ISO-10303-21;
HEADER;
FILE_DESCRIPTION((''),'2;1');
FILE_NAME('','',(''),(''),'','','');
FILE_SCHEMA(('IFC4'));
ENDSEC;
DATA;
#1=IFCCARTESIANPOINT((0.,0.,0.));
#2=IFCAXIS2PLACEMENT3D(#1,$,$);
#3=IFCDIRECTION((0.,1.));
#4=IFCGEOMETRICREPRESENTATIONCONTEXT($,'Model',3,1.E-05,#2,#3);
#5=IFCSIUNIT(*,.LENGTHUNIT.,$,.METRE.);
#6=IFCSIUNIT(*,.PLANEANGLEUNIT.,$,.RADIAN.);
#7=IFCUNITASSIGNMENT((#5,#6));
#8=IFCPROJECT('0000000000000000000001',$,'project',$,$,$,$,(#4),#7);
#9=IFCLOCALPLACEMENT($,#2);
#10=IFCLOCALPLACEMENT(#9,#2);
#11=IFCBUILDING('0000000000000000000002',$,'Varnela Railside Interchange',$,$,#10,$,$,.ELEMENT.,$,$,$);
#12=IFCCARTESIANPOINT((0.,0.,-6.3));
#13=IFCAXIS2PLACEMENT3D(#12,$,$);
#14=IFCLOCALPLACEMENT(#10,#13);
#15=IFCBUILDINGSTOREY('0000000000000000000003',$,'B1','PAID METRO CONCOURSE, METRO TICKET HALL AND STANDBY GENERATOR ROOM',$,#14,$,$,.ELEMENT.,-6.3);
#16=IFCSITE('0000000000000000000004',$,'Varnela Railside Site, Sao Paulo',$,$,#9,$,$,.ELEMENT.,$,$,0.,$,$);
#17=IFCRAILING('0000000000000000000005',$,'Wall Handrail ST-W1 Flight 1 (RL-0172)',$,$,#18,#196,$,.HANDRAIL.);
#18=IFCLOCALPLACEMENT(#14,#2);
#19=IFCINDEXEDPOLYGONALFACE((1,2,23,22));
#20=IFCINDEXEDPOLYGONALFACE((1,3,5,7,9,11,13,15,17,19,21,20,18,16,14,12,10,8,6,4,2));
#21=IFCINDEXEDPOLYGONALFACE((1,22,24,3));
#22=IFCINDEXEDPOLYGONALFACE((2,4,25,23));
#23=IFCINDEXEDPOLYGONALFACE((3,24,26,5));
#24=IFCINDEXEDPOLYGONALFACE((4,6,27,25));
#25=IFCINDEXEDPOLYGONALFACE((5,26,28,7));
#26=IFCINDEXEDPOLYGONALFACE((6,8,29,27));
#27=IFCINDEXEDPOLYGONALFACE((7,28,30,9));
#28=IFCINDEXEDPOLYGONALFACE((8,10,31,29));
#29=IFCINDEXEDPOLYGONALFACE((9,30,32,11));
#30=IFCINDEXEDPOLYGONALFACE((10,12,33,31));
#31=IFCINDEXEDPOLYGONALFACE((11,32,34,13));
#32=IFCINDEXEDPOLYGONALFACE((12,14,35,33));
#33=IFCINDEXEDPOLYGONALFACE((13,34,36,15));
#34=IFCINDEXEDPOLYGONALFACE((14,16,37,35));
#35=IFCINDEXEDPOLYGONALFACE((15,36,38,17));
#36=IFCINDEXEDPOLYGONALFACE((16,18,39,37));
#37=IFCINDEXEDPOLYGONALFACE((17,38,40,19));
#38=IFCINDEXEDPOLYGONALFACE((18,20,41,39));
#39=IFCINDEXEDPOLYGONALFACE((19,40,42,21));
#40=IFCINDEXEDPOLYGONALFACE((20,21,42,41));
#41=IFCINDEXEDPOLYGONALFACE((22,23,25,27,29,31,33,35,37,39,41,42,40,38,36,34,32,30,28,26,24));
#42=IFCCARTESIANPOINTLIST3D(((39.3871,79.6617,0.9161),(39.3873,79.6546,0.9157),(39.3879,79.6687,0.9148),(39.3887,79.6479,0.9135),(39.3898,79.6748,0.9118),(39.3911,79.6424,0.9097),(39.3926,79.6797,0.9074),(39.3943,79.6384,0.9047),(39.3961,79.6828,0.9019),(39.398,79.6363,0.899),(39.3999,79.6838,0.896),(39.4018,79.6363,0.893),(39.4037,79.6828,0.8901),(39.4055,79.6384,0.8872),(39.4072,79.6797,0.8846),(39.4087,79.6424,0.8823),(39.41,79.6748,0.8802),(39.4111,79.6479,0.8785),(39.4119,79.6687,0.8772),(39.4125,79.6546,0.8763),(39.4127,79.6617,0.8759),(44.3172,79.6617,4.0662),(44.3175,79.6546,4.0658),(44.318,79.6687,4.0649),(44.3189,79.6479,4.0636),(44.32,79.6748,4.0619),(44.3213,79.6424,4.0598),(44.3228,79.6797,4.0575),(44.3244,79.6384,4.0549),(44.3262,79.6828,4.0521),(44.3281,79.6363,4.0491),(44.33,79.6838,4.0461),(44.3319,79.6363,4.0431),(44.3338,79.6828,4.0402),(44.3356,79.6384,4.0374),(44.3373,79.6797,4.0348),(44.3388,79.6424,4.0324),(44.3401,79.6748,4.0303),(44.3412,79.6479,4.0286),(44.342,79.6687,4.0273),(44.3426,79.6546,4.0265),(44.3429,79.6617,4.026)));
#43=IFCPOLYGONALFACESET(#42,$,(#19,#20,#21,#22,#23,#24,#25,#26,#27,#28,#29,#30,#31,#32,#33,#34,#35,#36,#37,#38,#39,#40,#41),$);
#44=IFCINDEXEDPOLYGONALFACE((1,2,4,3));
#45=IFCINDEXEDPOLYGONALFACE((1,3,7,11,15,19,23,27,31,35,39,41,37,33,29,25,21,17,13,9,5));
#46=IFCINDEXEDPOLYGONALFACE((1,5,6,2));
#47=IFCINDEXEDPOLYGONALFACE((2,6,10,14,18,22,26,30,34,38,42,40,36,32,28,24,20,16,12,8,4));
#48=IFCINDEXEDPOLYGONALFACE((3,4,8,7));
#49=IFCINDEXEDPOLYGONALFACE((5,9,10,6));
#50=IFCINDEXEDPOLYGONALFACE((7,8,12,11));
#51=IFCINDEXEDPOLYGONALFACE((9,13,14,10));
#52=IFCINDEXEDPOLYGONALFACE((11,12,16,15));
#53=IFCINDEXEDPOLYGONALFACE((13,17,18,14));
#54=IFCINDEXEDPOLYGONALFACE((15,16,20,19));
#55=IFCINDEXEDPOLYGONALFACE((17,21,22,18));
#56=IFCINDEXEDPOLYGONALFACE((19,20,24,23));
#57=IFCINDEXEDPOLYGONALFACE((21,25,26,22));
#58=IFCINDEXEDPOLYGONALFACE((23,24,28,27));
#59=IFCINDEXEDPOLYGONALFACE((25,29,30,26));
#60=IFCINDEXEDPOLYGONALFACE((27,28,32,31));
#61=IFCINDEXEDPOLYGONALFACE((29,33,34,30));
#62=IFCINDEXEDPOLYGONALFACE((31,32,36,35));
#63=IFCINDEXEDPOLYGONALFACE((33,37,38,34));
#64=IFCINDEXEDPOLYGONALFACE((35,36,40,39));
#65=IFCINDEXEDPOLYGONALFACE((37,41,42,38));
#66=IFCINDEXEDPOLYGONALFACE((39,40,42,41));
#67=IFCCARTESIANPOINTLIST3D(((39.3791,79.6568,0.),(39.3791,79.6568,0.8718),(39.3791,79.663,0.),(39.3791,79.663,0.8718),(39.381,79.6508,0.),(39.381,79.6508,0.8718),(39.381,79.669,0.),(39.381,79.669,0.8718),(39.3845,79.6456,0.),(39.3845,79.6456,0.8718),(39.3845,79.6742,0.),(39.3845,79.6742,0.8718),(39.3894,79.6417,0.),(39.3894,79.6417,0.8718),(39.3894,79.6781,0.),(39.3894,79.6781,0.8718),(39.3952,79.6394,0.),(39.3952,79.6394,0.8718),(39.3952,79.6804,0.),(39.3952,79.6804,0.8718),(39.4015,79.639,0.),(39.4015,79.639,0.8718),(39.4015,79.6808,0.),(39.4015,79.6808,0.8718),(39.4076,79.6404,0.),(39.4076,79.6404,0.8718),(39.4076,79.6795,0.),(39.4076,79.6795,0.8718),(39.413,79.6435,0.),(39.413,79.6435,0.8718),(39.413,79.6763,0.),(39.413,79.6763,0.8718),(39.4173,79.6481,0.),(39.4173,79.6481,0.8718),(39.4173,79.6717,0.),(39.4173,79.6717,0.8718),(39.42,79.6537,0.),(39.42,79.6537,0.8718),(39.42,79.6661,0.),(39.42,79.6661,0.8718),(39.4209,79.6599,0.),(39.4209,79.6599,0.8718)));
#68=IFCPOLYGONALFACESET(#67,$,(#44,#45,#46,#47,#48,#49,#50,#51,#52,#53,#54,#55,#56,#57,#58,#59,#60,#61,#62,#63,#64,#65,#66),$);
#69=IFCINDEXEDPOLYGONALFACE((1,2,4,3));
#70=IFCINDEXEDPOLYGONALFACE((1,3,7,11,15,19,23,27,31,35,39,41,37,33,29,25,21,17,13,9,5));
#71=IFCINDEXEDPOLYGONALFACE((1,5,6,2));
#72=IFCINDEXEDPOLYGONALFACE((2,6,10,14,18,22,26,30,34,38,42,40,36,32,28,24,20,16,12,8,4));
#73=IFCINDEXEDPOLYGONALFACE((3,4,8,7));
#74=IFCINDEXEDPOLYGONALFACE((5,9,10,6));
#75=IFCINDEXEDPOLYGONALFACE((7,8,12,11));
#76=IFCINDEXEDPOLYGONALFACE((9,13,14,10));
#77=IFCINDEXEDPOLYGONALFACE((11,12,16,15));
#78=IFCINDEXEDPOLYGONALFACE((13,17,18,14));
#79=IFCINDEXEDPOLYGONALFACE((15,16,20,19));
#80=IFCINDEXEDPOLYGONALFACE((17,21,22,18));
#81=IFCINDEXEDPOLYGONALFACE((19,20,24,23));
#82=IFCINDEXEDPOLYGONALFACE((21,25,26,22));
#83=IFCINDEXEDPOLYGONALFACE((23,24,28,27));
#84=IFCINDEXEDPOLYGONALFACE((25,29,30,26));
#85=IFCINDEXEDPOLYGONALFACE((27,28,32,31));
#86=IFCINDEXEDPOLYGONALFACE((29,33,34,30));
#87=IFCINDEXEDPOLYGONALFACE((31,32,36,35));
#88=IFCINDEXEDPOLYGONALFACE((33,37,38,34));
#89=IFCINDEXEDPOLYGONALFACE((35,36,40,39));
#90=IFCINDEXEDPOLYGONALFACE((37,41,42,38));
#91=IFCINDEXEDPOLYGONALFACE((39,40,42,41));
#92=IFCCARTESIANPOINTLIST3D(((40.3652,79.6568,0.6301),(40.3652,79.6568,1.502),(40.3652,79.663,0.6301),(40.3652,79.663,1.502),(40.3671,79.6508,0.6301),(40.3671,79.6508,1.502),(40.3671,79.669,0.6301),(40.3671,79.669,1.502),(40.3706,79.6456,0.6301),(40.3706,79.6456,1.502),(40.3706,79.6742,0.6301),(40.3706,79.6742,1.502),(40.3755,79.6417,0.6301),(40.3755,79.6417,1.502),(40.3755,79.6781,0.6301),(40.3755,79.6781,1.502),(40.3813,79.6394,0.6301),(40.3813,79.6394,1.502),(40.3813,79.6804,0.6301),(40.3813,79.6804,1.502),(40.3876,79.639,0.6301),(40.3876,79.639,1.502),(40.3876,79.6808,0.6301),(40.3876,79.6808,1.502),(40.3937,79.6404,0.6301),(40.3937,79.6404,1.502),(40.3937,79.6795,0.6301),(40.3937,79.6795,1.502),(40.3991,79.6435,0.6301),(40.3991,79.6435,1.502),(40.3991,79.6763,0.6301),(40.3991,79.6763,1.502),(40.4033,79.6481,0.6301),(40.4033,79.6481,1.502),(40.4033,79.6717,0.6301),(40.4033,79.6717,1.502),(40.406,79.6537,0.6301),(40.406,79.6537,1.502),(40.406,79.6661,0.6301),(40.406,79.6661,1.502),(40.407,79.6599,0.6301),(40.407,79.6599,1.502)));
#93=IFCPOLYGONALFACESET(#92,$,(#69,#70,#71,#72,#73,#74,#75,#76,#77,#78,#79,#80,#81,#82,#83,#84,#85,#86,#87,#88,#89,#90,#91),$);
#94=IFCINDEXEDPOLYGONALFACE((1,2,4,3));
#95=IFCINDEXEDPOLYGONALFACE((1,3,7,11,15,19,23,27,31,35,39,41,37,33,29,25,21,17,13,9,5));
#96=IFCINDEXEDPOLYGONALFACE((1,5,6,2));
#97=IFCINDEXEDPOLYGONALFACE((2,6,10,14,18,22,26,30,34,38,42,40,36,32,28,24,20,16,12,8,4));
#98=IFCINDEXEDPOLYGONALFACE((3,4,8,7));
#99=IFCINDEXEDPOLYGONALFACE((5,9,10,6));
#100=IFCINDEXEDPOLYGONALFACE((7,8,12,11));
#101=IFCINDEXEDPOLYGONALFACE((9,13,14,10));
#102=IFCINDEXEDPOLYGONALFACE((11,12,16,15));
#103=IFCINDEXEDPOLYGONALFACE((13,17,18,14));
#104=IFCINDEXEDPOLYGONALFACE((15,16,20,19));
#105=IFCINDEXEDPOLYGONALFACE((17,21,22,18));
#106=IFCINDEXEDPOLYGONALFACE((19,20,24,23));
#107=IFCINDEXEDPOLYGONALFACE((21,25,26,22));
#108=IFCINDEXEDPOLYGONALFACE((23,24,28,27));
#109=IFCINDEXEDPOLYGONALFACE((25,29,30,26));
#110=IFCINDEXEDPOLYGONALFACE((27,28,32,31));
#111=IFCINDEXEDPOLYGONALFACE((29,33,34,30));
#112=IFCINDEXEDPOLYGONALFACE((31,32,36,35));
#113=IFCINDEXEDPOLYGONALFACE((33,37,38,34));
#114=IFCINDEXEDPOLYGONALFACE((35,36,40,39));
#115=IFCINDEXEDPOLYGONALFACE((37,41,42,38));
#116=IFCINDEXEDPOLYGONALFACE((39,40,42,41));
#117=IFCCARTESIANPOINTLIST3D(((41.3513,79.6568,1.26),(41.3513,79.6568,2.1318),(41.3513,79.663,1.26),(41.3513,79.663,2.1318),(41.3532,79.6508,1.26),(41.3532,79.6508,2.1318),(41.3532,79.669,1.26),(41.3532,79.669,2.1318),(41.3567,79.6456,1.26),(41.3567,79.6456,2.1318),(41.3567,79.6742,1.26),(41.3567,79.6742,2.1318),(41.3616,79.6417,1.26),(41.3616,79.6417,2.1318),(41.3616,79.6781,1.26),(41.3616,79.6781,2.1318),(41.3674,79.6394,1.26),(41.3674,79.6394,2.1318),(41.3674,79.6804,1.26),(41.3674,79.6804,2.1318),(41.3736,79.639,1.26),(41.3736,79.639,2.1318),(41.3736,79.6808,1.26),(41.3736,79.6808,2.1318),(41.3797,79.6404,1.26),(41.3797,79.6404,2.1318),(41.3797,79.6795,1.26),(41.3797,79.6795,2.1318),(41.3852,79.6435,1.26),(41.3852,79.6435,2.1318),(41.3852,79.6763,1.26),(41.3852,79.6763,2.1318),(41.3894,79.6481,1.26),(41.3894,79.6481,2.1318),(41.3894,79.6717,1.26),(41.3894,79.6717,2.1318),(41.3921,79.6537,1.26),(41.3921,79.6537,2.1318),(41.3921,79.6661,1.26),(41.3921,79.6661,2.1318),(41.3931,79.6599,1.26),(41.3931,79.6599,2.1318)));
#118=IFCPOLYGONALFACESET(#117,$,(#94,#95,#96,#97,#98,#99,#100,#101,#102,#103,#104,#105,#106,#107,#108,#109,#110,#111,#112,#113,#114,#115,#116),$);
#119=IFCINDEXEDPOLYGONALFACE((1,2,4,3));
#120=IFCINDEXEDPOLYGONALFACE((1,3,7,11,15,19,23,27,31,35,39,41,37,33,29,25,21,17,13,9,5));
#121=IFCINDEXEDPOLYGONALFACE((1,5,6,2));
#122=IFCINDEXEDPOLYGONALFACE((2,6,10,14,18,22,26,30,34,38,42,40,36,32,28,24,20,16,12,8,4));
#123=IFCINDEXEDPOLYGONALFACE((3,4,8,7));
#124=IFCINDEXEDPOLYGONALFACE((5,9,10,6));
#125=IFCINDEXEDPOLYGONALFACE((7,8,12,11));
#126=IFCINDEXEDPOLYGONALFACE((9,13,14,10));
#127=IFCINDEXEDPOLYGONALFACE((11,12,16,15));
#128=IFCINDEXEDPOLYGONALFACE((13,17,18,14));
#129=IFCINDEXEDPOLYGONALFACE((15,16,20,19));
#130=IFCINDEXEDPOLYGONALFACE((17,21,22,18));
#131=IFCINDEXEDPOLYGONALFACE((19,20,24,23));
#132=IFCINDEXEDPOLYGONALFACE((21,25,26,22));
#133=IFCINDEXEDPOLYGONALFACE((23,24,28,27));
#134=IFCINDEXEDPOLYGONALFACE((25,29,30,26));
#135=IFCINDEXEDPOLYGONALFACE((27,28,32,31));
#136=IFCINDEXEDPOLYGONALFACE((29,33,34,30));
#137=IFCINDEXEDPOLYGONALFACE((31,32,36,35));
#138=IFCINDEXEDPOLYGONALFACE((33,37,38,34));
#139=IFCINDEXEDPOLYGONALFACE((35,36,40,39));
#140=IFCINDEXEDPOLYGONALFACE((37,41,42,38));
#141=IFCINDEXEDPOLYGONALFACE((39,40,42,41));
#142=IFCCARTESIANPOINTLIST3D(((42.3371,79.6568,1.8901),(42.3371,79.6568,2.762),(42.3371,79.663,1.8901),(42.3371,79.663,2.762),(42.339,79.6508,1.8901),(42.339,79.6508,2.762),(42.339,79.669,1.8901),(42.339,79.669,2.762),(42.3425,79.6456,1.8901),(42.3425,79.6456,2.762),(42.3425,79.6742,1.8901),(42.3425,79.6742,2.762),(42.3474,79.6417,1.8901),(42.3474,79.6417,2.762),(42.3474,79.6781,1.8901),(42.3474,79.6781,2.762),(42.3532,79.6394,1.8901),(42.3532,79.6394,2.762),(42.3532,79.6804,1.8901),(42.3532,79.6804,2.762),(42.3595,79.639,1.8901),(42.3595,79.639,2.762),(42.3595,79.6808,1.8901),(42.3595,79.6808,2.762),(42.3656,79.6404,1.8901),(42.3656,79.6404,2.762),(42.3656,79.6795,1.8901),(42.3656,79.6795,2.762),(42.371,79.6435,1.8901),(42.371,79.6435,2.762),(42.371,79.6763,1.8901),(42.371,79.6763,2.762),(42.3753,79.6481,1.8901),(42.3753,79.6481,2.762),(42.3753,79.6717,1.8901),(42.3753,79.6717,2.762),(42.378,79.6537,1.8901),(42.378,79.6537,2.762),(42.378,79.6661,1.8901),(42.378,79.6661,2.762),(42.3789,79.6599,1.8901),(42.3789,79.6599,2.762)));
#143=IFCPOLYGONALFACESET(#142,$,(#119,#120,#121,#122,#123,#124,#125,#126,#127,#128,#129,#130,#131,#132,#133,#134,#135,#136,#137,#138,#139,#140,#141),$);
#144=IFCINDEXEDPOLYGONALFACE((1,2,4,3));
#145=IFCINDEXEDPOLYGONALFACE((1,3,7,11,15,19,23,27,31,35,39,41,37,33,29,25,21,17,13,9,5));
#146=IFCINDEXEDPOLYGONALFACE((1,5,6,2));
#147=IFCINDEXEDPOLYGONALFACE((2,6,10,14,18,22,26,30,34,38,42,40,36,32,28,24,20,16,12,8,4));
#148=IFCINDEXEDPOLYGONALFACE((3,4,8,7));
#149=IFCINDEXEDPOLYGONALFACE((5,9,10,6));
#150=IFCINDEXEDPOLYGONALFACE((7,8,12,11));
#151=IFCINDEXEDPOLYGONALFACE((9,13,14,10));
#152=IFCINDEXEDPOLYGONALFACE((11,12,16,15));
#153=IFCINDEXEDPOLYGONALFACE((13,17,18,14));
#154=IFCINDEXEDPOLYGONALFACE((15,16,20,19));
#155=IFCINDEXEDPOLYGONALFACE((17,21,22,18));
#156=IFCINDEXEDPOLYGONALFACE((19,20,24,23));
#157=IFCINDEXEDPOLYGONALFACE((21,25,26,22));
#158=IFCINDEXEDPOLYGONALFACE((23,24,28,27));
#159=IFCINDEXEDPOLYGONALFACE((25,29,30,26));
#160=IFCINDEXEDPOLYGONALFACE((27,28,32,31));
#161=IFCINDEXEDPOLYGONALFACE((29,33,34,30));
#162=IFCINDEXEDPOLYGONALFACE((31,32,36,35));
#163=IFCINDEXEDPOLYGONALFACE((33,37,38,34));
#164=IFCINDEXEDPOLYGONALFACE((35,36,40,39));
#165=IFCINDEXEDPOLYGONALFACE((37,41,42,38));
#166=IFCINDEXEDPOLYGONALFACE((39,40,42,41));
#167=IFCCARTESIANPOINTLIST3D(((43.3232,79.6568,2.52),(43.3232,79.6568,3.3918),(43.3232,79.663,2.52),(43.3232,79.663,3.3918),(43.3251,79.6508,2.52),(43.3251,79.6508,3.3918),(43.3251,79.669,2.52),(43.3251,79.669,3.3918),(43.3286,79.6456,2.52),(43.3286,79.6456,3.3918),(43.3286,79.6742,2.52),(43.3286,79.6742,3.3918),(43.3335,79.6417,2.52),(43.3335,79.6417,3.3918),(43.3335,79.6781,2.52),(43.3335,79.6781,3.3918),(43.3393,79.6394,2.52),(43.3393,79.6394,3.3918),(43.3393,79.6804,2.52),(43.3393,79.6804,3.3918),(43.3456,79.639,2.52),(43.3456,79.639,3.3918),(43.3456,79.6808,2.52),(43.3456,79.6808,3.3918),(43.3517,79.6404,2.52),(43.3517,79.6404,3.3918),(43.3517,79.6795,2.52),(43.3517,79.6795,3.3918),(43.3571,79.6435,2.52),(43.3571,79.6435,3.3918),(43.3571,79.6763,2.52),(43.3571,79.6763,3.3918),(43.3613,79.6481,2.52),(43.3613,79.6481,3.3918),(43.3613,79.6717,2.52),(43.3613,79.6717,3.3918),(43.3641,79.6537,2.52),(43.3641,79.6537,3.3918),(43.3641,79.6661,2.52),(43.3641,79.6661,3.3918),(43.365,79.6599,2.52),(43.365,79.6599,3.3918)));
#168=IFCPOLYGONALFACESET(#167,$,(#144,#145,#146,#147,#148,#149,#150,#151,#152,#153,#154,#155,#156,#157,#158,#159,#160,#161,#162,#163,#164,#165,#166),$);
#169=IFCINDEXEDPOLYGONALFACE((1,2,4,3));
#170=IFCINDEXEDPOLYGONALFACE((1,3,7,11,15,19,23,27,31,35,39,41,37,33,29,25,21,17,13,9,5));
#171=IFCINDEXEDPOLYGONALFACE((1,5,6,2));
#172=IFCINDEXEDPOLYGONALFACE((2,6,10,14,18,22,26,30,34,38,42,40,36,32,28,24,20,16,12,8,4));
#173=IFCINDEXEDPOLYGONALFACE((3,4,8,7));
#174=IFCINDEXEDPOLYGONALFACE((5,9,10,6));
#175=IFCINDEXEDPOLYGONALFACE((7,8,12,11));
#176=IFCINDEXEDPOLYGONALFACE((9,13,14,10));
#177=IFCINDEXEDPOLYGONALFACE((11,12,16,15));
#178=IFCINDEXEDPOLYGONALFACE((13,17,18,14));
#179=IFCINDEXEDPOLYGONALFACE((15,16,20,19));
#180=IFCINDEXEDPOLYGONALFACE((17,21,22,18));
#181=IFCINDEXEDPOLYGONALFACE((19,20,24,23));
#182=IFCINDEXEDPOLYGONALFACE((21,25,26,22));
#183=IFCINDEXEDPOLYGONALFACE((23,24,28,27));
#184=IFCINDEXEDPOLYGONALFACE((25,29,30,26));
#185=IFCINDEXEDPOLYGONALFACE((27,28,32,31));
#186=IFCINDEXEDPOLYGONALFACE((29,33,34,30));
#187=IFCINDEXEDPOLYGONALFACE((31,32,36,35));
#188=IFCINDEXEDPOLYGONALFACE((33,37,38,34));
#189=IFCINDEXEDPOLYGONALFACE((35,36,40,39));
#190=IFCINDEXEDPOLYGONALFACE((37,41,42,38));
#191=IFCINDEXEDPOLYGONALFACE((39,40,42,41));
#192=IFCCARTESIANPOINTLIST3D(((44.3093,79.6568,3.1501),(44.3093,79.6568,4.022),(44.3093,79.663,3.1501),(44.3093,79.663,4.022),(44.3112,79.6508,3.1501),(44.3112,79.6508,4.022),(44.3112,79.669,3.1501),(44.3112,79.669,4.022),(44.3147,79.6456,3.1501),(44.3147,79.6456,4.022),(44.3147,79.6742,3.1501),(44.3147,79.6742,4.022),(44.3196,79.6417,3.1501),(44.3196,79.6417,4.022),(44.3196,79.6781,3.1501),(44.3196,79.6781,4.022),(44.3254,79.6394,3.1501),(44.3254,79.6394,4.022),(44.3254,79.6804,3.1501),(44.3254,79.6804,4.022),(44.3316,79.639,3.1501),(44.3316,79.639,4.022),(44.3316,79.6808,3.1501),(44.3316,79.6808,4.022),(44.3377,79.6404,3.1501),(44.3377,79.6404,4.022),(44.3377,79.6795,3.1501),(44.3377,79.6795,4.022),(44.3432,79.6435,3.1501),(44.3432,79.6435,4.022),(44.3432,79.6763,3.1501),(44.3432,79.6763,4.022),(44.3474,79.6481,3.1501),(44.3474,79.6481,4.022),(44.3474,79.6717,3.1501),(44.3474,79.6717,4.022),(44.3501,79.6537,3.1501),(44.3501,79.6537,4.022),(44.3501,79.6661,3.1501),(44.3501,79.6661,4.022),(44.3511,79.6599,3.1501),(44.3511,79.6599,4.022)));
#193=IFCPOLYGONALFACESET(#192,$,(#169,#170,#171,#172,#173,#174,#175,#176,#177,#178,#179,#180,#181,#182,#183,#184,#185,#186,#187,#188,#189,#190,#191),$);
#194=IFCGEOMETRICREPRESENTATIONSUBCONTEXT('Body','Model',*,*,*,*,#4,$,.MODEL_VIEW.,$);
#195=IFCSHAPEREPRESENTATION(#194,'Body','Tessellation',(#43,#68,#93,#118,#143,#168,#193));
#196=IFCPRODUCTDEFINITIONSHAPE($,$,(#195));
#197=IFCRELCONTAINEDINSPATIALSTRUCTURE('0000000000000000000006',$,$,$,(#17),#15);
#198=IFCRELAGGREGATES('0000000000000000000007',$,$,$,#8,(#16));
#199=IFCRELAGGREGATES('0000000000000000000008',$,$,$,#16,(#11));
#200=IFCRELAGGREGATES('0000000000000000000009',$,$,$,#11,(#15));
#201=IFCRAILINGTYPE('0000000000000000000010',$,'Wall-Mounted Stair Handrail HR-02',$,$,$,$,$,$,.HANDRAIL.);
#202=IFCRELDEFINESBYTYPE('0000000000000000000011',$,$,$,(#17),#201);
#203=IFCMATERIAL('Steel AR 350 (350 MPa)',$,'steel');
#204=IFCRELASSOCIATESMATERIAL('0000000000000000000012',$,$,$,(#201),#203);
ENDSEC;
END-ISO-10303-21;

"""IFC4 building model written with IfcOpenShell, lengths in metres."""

from ifc_helpers import new_model, si_unit, direction, frame, origin, origin_2d, place, context, subcontext, project, spatial, circle, extrude, material, type_object, element, save


model = new_model("IFC4")

# Units and contexts
model_context = context("Model", 3, precision=1e-05, world=origin(), true_north=direction((0.0, 1.0)))
body_context = subcontext(model_context, "Body", "Model", "MODEL_VIEW")
ifc_project = project(units=[si_unit("LENGTHUNIT", "METRE"), si_unit("PLANEANGLEUNIT", "RADIAN")], contexts=[model_context])

# Site, building, storey
site_placement = place(None, origin())
site = spatial("IfcSite", under=ifc_project, at=site_placement, Name="Varnela Railside Site, Sao Paulo", CompositionType="ELEMENT", RefElevation=0.0)
building_placement = place(site_placement, origin())
building = spatial("IfcBuilding", under=site, at=building_placement, Name="Varnela Railside Interchange", CompositionType="ELEMENT")
storey_placement = place(building_placement, frame((0.0, 0.0, -6.3)))
storey = spatial("IfcBuildingStorey", under=building, at=storey_placement, Name="B1", Description="PAID METRO CONCOURSE, METRO TICKET HALL AND STANDBY GENERATOR ROOM", CompositionType="ELEMENT", Elevation=-6.3)

# Shared definitions
ifc_material_1 = material(Name="Steel AR 350 (350 MPa)", Category="steel")

# Railing
railing_type_1 = type_object("IfcRailingType", Name="Wall-Mounted Stair Handrail HR-02", PredefinedType="HANDRAIL", material=ifc_material_1)
railing_1_placement = place(storey_placement, frame((39.3999, 79.6599, 0.0)))
element("IfcRailing", 1, at=railing_1_placement, inside=storey, type_object=railing_type_1, Name="Wall Handrail ST-W1 Flight 1 (RL-0172)", PredefinedType="HANDRAIL", context=body_context, shape_type="SweptSolid", body=[
    extrude(circle(Radius=0.0239, at=origin_2d()), frame((0.0, 0.0, 0.896), z_axis=(0.842672, 0.0, 0.538427), x_axis=(0.0, 1.0, 0.0)), (0.0, 0.0, 1.0), 5.8506),
    extrude(circle(Radius=0.021, at=origin_2d()), origin(), (0.0, 0.0, 1.0), 0.8718),
    extrude(circle(Radius=0.021, at=origin_2d()), frame((0.9861, 0.0, 0.6301)), (0.0, 0.0, 1.0), 0.8718),
    extrude(circle(Radius=0.021, at=origin_2d()), frame((1.9722, 0.0, 1.26)), (0.0, 0.0, 1.0), 0.8718),
    extrude(circle(Radius=0.021, at=origin_2d()), frame((2.958, 0.0, 1.8901)), (0.0, 0.0, 1.0), 0.8718),
    extrude(circle(Radius=0.021, at=origin_2d()), frame((3.9441, 0.0, 2.52)), (0.0, 0.0, 1.0), 0.8718),
    extrude(circle(Radius=0.021, at=origin_2d()), frame((4.9302, 0.0, 3.1501)), (0.0, 0.0, 1.0), 0.8718),
])

save(model, "model.ifc")
